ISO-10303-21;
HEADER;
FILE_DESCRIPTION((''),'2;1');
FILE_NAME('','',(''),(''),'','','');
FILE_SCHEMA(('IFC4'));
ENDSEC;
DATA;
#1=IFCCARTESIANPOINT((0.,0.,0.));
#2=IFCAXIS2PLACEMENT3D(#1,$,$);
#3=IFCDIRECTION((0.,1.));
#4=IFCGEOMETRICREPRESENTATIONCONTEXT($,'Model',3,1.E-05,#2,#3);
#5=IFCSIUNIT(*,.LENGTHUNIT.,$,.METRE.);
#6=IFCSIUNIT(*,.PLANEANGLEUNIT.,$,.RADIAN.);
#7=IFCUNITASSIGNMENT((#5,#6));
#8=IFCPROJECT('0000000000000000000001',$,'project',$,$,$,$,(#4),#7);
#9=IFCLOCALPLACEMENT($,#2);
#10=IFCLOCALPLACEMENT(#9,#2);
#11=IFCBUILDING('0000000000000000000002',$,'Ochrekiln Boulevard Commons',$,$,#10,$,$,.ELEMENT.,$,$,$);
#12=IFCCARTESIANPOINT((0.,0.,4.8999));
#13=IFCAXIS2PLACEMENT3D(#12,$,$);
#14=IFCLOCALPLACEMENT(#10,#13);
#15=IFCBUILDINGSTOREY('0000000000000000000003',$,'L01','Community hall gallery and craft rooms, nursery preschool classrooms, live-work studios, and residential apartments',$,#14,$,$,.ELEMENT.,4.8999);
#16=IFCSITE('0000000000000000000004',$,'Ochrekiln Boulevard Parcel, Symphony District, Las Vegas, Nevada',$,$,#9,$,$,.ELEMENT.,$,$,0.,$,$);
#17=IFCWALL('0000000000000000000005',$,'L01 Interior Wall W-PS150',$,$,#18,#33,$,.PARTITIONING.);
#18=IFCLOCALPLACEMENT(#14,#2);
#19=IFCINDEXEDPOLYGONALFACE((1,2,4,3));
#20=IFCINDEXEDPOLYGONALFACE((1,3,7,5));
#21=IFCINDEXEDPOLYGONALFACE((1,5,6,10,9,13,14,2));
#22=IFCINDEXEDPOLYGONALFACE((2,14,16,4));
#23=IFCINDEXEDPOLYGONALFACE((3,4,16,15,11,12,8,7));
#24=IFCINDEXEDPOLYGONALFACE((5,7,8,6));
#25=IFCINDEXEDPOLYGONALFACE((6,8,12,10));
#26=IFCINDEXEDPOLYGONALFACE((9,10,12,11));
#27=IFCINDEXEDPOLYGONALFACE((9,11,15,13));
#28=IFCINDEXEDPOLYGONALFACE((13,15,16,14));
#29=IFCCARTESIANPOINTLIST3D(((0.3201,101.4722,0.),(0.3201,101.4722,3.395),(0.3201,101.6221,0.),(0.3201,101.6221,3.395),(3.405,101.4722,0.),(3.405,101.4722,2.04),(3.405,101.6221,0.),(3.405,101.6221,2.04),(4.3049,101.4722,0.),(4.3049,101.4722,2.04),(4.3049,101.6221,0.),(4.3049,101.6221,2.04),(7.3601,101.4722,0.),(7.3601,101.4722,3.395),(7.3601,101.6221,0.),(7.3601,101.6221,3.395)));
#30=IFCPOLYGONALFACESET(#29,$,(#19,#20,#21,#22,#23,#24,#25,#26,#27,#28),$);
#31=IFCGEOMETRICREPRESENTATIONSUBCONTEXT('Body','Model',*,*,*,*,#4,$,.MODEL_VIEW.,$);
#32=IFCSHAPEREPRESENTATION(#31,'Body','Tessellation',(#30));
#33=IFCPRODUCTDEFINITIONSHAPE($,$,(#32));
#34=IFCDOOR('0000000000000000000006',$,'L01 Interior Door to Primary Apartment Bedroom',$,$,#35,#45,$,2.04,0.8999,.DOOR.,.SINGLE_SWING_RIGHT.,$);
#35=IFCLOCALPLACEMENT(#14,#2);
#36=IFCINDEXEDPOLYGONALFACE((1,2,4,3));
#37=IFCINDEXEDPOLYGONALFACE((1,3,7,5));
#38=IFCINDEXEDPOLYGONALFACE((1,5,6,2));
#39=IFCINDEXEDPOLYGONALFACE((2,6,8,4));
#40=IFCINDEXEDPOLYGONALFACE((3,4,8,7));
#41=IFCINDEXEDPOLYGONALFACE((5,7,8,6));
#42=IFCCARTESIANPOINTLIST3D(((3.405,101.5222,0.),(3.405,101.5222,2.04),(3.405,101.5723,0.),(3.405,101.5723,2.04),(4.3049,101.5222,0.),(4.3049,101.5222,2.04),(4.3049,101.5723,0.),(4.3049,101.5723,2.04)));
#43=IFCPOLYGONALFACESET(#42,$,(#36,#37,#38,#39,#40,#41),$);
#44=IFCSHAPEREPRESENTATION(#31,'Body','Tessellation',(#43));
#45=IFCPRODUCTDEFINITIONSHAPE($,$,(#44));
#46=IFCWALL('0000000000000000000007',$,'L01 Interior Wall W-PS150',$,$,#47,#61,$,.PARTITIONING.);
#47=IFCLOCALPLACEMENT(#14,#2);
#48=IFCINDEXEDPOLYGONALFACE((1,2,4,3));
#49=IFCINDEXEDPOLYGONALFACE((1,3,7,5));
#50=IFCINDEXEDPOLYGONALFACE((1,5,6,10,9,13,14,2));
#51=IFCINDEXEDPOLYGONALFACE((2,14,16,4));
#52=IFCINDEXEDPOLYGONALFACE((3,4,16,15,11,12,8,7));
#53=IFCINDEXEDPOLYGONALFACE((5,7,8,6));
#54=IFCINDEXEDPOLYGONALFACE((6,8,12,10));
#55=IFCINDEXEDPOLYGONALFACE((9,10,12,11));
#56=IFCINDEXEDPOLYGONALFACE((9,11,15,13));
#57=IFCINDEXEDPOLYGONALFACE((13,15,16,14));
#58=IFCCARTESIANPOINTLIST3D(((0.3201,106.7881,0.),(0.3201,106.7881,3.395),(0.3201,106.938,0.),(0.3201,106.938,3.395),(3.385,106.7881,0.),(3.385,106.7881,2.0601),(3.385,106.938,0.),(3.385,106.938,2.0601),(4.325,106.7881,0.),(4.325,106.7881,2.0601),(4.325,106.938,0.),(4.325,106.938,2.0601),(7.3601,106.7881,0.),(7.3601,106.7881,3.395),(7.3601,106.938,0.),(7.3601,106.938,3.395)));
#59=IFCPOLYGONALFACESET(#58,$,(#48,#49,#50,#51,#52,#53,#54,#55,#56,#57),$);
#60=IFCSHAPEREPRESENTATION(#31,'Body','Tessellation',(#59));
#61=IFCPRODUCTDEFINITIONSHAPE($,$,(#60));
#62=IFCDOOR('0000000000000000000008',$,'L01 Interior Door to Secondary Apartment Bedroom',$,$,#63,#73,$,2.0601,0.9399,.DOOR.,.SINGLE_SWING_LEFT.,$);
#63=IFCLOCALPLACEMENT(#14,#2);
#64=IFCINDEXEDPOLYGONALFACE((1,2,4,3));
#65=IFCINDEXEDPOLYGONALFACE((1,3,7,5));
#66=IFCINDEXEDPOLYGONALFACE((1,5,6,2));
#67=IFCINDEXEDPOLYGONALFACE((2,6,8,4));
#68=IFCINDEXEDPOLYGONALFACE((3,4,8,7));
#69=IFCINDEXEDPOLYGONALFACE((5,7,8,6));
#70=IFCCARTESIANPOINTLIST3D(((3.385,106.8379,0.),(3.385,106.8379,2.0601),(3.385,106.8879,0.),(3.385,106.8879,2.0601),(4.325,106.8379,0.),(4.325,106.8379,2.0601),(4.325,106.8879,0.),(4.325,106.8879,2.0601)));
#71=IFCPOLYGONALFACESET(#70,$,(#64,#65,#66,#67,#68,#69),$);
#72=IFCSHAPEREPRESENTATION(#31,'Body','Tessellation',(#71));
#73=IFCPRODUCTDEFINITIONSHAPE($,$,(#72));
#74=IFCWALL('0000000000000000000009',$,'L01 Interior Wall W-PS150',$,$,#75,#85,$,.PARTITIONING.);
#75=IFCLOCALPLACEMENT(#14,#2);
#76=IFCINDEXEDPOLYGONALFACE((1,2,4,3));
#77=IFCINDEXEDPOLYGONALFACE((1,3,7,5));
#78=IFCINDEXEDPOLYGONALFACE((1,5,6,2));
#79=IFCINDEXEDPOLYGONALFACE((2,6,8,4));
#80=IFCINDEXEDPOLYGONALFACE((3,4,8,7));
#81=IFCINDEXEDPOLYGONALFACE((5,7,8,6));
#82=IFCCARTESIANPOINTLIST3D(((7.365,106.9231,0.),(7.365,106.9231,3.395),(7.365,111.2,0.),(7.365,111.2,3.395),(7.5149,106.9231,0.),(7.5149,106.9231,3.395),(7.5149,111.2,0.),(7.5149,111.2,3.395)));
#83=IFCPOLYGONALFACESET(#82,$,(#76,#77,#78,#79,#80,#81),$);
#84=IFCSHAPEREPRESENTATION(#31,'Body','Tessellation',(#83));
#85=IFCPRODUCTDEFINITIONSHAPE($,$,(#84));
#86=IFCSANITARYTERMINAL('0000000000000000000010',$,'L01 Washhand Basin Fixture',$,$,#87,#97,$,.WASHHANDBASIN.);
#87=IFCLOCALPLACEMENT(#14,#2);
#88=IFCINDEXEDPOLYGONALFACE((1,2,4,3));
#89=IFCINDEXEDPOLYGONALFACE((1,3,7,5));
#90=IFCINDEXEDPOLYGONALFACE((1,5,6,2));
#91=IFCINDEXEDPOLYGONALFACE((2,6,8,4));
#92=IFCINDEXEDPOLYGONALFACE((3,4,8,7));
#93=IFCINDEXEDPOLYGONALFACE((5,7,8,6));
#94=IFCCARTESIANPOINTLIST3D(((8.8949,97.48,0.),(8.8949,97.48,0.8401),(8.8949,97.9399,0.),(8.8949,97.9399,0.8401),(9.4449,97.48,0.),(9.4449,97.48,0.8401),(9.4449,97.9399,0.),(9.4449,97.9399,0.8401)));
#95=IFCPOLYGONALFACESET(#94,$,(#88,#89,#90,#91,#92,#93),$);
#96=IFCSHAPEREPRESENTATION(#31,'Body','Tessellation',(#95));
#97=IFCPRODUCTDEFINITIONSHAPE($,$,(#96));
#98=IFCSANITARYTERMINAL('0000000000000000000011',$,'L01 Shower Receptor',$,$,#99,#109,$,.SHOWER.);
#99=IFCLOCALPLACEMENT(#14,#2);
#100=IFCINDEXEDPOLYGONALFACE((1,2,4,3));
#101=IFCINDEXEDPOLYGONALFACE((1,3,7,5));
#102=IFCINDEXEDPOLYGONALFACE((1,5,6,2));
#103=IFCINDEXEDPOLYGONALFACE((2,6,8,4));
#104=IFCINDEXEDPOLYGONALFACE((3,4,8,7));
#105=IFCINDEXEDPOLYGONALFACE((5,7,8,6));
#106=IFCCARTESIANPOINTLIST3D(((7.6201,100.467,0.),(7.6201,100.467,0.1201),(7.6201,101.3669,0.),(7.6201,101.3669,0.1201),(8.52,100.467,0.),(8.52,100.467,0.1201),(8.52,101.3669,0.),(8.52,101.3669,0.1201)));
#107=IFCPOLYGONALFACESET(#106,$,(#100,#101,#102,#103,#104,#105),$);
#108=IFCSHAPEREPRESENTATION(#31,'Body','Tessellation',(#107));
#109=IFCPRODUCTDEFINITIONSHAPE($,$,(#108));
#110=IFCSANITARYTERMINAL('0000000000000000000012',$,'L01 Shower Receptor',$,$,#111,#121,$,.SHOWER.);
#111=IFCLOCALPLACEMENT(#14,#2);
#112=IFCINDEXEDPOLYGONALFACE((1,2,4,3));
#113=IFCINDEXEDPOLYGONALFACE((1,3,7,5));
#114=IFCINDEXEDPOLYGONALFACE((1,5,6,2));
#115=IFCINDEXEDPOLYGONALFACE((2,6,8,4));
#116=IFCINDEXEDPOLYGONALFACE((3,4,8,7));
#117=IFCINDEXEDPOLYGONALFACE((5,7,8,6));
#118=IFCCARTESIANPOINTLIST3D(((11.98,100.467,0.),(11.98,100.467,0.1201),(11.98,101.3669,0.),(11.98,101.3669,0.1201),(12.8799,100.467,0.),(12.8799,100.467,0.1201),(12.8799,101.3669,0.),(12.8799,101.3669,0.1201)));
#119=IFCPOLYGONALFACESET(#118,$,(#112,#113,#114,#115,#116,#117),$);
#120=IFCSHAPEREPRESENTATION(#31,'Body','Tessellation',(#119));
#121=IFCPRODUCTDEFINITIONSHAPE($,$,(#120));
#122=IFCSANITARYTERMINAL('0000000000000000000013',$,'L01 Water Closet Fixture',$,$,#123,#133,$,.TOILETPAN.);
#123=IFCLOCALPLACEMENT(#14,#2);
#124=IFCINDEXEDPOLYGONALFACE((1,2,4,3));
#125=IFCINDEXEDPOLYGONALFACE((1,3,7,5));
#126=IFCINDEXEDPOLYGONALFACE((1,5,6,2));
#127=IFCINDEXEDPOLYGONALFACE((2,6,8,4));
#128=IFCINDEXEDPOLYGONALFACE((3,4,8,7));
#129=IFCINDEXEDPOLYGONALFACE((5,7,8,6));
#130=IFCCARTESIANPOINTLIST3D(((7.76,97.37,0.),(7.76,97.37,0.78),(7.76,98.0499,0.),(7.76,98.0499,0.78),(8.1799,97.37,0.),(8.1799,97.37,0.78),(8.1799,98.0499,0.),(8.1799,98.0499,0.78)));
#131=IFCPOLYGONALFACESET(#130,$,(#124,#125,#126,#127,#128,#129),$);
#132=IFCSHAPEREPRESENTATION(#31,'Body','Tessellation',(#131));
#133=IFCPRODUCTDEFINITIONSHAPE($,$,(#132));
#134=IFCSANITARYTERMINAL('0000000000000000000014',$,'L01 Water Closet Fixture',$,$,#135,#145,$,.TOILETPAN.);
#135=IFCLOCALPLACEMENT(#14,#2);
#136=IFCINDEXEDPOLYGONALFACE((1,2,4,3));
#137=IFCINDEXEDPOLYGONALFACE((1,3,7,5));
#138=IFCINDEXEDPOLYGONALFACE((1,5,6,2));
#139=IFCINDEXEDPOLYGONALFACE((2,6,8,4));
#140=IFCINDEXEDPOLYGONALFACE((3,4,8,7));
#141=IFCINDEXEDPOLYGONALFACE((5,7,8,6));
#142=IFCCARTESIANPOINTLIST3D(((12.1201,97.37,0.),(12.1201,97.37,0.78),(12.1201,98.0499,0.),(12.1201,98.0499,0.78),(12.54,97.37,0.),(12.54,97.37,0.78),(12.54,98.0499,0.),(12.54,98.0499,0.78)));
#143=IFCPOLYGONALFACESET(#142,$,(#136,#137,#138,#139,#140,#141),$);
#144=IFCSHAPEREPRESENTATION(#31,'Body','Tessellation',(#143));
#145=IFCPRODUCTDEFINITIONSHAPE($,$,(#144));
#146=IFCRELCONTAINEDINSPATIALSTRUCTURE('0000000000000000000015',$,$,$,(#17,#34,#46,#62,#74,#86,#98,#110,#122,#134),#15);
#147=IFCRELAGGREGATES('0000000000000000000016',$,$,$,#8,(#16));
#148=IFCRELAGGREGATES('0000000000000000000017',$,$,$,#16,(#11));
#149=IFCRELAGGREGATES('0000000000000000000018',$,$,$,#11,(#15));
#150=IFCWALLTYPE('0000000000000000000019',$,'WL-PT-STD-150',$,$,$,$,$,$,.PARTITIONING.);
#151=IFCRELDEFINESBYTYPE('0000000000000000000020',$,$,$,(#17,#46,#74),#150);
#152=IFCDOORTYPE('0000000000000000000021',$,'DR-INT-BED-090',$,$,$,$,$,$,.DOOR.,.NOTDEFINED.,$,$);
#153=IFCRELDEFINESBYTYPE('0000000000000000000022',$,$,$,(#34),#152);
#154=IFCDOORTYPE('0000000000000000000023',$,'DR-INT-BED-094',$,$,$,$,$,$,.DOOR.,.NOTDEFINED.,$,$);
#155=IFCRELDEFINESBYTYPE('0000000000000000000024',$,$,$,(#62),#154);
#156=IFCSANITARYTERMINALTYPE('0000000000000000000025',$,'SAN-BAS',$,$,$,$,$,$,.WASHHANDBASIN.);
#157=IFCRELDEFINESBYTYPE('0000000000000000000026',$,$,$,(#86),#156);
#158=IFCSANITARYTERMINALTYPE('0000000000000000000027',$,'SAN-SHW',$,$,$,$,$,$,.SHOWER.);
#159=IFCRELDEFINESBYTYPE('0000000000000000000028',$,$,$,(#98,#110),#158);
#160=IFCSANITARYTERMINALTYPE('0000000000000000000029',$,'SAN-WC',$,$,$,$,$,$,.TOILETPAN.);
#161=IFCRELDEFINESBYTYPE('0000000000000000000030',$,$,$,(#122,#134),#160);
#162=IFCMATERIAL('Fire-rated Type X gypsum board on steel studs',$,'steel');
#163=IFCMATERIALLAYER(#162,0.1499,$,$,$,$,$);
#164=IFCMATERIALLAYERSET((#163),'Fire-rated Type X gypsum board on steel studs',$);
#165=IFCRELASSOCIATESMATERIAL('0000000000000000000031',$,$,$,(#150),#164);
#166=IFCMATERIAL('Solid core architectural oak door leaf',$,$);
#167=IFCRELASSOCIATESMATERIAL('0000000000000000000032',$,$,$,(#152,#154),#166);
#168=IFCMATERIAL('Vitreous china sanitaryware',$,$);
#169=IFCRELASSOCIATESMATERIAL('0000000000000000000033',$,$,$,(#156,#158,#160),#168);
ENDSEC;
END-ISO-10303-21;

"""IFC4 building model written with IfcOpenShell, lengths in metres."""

from ifc_helpers import new_model, si_unit, direction, frame, frame_2d, origin, origin_2d, place, context, subcontext, project, spatial, rectangle, extrude, material, layer, layer_set, type_object, element, fill, save


model = new_model("IFC4")

# Units and contexts
model_context = context("Model", 3, precision=1e-05, world=origin(), true_north=direction((0.0, 1.0)))
body_context = subcontext(model_context, "Body", "Model", "MODEL_VIEW")
ifc_project = project(units=[si_unit("LENGTHUNIT", "METRE"), si_unit("PLANEANGLEUNIT", "RADIAN")], contexts=[model_context])

# Site, building, storey
site_placement = place(None, origin())
site = spatial("IfcSite", under=ifc_project, at=site_placement, Name="Ochrekiln Boulevard Parcel, Symphony District, Las Vegas, Nevada", CompositionType="ELEMENT", RefElevation=0.0)
building_placement = place(site_placement, origin())
building = spatial("IfcBuilding", under=site, at=building_placement, Name="Ochrekiln Boulevard Commons", CompositionType="ELEMENT")
storey_placement = place(building_placement, frame((0.0, 0.0, 4.8999)))
storey = spatial("IfcBuildingStorey", under=building, at=storey_placement, Name="L01", Description="Community hall gallery and craft rooms, nursery preschool classrooms, live-work studios, and residential apartments", CompositionType="ELEMENT", Elevation=4.8999)

# Shared definitions
ifc_material_1 = material(Name="Solid core architectural oak door leaf")

# Walls, openings, doors
ifc_material_2 = material(Name="Fire-rated Type X gypsum board on steel studs", Category="steel")
ifc_layer_1 = layer(ifc_material_2, 0.1499)
ifc_layer_set_1 = layer_set([ifc_layer_1], Name="Fire-rated Type X gypsum board on steel studs")
wall_type_1 = type_object("IfcWallType", Name="WL-PT-STD-150", PredefinedType="PARTITIONING", material=ifc_layer_set_1)
wall_1_placement = place(storey_placement, frame((0.3201, 101.5471, 0.0), z_axis=(0.0, 0.0, 1.0), x_axis=(1.0, 0.0, 0.0)))
wall_1 = element("IfcWall", 1, at=wall_1_placement, inside=storey, type_object=wall_type_1, Name="L01 Interior Wall W-PS150", PredefinedType="PARTITIONING", context=body_context, shape_type="SweptSolid", body=[
    extrude(rectangle(XDim=7.04, YDim=0.1499, at=frame_2d((3.52, 0.0))), origin(), (0.0, 0.0, 1.0), 3.395),
])
opening_1_placement = place(wall_1_placement, frame((3.085, 0.0, 0.0)))
opening_1 = element("IfcOpeningElement", 2, at=opening_1_placement, cuts=wall_1, PredefinedType="OPENING", context=body_context, shape_type="SweptSolid", body=[
    extrude(rectangle(XDim=0.8999, YDim=2.04, at=frame_2d((0.45, 1.02))), frame((0.0, 0.085, 0.0), z_axis=(0.0, -1.0, 0.0), x_axis=(1.0, 0.0, 0.0)), (0.0, 0.0, 1.0), 0.1699),
])
door_type_1 = type_object("IfcDoorType", Name="DR-INT-BED-090", OperationType="NOTDEFINED", PredefinedType="DOOR", material=ifc_material_1)
door_1_placement = place(opening_1_placement, frame((0.8999, 0.0, 0.0), z_axis=(0.0, 0.0, 1.0), x_axis=(-1.0, 0.0, 0.0)))
door_1 = element("IfcDoor", 3, at=door_1_placement, inside=storey, type_object=door_type_1, Name="L01 Interior Door to Primary Apartment Bedroom", OperationType="SINGLE_SWING_RIGHT", OverallHeight=2.04, OverallWidth=0.8999, PredefinedType="DOOR", context=body_context, shape_type="SweptSolid", body=[
    extrude(rectangle(XDim=0.8999, YDim=2.04, at=frame_2d((0.45, 1.02))), frame((0.0, 0.0249, 0.0), z_axis=(0.0, -1.0, 0.0), x_axis=(1.0, 0.0, 0.0)), (0.0, 0.0, 1.0), 0.05),
])
fill(opening_1, door_1)
wall_2_placement = place(storey_placement, frame((0.3201, 106.863, 0.0), z_axis=(0.0, 0.0, 1.0), x_axis=(1.0, 0.0, 0.0)))
wall_2 = element("IfcWall", 4, at=wall_2_placement, inside=storey, type_object=wall_type_1, Name="L01 Interior Wall W-PS150", PredefinedType="PARTITIONING", context=body_context, shape_type="SweptSolid", body=[
    extrude(rectangle(XDim=7.04, YDim=0.1499, at=frame_2d((3.52, 0.0))), origin(), (0.0, 0.0, 1.0), 3.395),
])
opening_2_placement = place(wall_2_placement, frame((3.0649, 0.0, 0.0)))
opening_2 = element("IfcOpeningElement", 5, at=opening_2_placement, cuts=wall_2, PredefinedType="OPENING", context=body_context, shape_type="SweptSolid", body=[
    extrude(rectangle(XDim=0.9399, YDim=2.0601, at=frame_2d((0.47, 1.03))), frame((0.0, 0.085, 0.0), z_axis=(0.0, -1.0, 0.0), x_axis=(1.0, 0.0, 0.0)), (0.0, 0.0, 1.0), 0.1699),
])
door_type_2 = type_object("IfcDoorType", Name="DR-INT-BED-094", OperationType="NOTDEFINED", PredefinedType="DOOR", material=ifc_material_1)
door_2_placement = place(opening_2_placement, origin())
door_2 = element("IfcDoor", 6, at=door_2_placement, inside=storey, type_object=door_type_2, Name="L01 Interior Door to Secondary Apartment Bedroom", OperationType="SINGLE_SWING_LEFT", OverallHeight=2.0601, OverallWidth=0.9399, PredefinedType="DOOR", context=body_context, shape_type="SweptSolid", body=[
    extrude(rectangle(XDim=0.9399, YDim=2.0601, at=frame_2d((0.47, 1.03))), frame((0.0, 0.0249, 0.0), z_axis=(0.0, -1.0, 0.0), x_axis=(1.0, 0.0, 0.0)), (0.0, 0.0, 1.0), 0.05),
])
fill(opening_2, door_2)

# Wall
wall_3_placement = place(storey_placement, frame((7.4399, 106.9231, 0.0), z_axis=(0.0, 0.0, 1.0), x_axis=(0.0, 1.0, 0.0)))
element("IfcWall", 7, at=wall_3_placement, inside=storey, type_object=wall_type_1, Name="L01 Interior Wall W-PS150", PredefinedType="PARTITIONING", context=body_context, shape_type="SweptSolid", body=[
    extrude(rectangle(XDim=4.2769, YDim=0.1499, at=frame_2d((2.1384, 0.0))), origin(), (0.0, 0.0, 1.0), 3.395),
])

# Sanitary terminals
ifc_material_3 = material(Name="Vitreous china sanitaryware")
sanitary_terminal_type_1 = type_object("IfcSanitaryTerminalType", Name="SAN-BAS", PredefinedType="WASHHANDBASIN", material=ifc_material_3)
sanitary_terminal_placement = place(storey_placement, frame((9.1699, 97.71, 0.0), z_axis=(0.0, 0.0, 1.0), x_axis=(1.0, 0.0, 0.0)))
element("IfcSanitaryTerminal", 8, at=sanitary_terminal_placement, inside=storey, type_object=sanitary_terminal_type_1, Name="L01 Washhand Basin Fixture", PredefinedType="WASHHANDBASIN", context=body_context, shape_type="SweptSolid", body=[
    extrude(rectangle(XDim=0.55, YDim=0.46, at=origin_2d()), origin(), (0.0, 0.0, 1.0), 0.8401),
])
sanitary_terminal_type_2 = type_object("IfcSanitaryTerminalType", Name="SAN-SHW", PredefinedType="SHOWER", material=ifc_material_3)
for number, where, z_axis, x_axis, name in (
    (9, (8.0701, 100.917, 0.0), (0.0, 0.0, 1.0), (1.0, 0.0, 0.0), "L01 Shower Receptor"),
    (10, (12.4299, 100.917, 0.0), (0.0, 0.0, 1.0), (1.0, 0.0, 0.0), "L01 Shower Receptor"),
):
    element("IfcSanitaryTerminal", number, at=place(storey_placement, frame(where, z_axis=z_axis, x_axis=x_axis)), inside=storey, type_object=sanitary_terminal_type_2, Name=name, PredefinedType="SHOWER", context=body_context, shape_type="SweptSolid", body=[
        extrude(rectangle(XDim=0.8999, YDim=0.8999, at=origin_2d()), origin(), (0.0, 0.0, 1.0), 0.1201),
    ])
sanitary_terminal_type_3 = type_object("IfcSanitaryTerminalType", Name="SAN-WC", PredefinedType="TOILETPAN", material=ifc_material_3)
for number, where, z_axis, x_axis, name in (
    (11, (7.97, 97.71, 0.0), (0.0, 0.0, 1.0), (1.0, 0.0, 0.0), "L01 Water Closet Fixture"),
    (12, (12.3301, 97.71, 0.0), (0.0, 0.0, 1.0), (1.0, 0.0, 0.0), "L01 Water Closet Fixture"),
):
    element("IfcSanitaryTerminal", number, at=place(storey_placement, frame(where, z_axis=z_axis, x_axis=x_axis)), inside=storey, type_object=sanitary_terminal_type_3, Name=name, PredefinedType="TOILETPAN", context=body_context, shape_type="SweptSolid", body=[
        extrude(rectangle(XDim=0.4199, YDim=0.6799, at=origin_2d()), origin(), (0.0, 0.0, 1.0), 0.78),
    ])

save(model, "model.ifc")
